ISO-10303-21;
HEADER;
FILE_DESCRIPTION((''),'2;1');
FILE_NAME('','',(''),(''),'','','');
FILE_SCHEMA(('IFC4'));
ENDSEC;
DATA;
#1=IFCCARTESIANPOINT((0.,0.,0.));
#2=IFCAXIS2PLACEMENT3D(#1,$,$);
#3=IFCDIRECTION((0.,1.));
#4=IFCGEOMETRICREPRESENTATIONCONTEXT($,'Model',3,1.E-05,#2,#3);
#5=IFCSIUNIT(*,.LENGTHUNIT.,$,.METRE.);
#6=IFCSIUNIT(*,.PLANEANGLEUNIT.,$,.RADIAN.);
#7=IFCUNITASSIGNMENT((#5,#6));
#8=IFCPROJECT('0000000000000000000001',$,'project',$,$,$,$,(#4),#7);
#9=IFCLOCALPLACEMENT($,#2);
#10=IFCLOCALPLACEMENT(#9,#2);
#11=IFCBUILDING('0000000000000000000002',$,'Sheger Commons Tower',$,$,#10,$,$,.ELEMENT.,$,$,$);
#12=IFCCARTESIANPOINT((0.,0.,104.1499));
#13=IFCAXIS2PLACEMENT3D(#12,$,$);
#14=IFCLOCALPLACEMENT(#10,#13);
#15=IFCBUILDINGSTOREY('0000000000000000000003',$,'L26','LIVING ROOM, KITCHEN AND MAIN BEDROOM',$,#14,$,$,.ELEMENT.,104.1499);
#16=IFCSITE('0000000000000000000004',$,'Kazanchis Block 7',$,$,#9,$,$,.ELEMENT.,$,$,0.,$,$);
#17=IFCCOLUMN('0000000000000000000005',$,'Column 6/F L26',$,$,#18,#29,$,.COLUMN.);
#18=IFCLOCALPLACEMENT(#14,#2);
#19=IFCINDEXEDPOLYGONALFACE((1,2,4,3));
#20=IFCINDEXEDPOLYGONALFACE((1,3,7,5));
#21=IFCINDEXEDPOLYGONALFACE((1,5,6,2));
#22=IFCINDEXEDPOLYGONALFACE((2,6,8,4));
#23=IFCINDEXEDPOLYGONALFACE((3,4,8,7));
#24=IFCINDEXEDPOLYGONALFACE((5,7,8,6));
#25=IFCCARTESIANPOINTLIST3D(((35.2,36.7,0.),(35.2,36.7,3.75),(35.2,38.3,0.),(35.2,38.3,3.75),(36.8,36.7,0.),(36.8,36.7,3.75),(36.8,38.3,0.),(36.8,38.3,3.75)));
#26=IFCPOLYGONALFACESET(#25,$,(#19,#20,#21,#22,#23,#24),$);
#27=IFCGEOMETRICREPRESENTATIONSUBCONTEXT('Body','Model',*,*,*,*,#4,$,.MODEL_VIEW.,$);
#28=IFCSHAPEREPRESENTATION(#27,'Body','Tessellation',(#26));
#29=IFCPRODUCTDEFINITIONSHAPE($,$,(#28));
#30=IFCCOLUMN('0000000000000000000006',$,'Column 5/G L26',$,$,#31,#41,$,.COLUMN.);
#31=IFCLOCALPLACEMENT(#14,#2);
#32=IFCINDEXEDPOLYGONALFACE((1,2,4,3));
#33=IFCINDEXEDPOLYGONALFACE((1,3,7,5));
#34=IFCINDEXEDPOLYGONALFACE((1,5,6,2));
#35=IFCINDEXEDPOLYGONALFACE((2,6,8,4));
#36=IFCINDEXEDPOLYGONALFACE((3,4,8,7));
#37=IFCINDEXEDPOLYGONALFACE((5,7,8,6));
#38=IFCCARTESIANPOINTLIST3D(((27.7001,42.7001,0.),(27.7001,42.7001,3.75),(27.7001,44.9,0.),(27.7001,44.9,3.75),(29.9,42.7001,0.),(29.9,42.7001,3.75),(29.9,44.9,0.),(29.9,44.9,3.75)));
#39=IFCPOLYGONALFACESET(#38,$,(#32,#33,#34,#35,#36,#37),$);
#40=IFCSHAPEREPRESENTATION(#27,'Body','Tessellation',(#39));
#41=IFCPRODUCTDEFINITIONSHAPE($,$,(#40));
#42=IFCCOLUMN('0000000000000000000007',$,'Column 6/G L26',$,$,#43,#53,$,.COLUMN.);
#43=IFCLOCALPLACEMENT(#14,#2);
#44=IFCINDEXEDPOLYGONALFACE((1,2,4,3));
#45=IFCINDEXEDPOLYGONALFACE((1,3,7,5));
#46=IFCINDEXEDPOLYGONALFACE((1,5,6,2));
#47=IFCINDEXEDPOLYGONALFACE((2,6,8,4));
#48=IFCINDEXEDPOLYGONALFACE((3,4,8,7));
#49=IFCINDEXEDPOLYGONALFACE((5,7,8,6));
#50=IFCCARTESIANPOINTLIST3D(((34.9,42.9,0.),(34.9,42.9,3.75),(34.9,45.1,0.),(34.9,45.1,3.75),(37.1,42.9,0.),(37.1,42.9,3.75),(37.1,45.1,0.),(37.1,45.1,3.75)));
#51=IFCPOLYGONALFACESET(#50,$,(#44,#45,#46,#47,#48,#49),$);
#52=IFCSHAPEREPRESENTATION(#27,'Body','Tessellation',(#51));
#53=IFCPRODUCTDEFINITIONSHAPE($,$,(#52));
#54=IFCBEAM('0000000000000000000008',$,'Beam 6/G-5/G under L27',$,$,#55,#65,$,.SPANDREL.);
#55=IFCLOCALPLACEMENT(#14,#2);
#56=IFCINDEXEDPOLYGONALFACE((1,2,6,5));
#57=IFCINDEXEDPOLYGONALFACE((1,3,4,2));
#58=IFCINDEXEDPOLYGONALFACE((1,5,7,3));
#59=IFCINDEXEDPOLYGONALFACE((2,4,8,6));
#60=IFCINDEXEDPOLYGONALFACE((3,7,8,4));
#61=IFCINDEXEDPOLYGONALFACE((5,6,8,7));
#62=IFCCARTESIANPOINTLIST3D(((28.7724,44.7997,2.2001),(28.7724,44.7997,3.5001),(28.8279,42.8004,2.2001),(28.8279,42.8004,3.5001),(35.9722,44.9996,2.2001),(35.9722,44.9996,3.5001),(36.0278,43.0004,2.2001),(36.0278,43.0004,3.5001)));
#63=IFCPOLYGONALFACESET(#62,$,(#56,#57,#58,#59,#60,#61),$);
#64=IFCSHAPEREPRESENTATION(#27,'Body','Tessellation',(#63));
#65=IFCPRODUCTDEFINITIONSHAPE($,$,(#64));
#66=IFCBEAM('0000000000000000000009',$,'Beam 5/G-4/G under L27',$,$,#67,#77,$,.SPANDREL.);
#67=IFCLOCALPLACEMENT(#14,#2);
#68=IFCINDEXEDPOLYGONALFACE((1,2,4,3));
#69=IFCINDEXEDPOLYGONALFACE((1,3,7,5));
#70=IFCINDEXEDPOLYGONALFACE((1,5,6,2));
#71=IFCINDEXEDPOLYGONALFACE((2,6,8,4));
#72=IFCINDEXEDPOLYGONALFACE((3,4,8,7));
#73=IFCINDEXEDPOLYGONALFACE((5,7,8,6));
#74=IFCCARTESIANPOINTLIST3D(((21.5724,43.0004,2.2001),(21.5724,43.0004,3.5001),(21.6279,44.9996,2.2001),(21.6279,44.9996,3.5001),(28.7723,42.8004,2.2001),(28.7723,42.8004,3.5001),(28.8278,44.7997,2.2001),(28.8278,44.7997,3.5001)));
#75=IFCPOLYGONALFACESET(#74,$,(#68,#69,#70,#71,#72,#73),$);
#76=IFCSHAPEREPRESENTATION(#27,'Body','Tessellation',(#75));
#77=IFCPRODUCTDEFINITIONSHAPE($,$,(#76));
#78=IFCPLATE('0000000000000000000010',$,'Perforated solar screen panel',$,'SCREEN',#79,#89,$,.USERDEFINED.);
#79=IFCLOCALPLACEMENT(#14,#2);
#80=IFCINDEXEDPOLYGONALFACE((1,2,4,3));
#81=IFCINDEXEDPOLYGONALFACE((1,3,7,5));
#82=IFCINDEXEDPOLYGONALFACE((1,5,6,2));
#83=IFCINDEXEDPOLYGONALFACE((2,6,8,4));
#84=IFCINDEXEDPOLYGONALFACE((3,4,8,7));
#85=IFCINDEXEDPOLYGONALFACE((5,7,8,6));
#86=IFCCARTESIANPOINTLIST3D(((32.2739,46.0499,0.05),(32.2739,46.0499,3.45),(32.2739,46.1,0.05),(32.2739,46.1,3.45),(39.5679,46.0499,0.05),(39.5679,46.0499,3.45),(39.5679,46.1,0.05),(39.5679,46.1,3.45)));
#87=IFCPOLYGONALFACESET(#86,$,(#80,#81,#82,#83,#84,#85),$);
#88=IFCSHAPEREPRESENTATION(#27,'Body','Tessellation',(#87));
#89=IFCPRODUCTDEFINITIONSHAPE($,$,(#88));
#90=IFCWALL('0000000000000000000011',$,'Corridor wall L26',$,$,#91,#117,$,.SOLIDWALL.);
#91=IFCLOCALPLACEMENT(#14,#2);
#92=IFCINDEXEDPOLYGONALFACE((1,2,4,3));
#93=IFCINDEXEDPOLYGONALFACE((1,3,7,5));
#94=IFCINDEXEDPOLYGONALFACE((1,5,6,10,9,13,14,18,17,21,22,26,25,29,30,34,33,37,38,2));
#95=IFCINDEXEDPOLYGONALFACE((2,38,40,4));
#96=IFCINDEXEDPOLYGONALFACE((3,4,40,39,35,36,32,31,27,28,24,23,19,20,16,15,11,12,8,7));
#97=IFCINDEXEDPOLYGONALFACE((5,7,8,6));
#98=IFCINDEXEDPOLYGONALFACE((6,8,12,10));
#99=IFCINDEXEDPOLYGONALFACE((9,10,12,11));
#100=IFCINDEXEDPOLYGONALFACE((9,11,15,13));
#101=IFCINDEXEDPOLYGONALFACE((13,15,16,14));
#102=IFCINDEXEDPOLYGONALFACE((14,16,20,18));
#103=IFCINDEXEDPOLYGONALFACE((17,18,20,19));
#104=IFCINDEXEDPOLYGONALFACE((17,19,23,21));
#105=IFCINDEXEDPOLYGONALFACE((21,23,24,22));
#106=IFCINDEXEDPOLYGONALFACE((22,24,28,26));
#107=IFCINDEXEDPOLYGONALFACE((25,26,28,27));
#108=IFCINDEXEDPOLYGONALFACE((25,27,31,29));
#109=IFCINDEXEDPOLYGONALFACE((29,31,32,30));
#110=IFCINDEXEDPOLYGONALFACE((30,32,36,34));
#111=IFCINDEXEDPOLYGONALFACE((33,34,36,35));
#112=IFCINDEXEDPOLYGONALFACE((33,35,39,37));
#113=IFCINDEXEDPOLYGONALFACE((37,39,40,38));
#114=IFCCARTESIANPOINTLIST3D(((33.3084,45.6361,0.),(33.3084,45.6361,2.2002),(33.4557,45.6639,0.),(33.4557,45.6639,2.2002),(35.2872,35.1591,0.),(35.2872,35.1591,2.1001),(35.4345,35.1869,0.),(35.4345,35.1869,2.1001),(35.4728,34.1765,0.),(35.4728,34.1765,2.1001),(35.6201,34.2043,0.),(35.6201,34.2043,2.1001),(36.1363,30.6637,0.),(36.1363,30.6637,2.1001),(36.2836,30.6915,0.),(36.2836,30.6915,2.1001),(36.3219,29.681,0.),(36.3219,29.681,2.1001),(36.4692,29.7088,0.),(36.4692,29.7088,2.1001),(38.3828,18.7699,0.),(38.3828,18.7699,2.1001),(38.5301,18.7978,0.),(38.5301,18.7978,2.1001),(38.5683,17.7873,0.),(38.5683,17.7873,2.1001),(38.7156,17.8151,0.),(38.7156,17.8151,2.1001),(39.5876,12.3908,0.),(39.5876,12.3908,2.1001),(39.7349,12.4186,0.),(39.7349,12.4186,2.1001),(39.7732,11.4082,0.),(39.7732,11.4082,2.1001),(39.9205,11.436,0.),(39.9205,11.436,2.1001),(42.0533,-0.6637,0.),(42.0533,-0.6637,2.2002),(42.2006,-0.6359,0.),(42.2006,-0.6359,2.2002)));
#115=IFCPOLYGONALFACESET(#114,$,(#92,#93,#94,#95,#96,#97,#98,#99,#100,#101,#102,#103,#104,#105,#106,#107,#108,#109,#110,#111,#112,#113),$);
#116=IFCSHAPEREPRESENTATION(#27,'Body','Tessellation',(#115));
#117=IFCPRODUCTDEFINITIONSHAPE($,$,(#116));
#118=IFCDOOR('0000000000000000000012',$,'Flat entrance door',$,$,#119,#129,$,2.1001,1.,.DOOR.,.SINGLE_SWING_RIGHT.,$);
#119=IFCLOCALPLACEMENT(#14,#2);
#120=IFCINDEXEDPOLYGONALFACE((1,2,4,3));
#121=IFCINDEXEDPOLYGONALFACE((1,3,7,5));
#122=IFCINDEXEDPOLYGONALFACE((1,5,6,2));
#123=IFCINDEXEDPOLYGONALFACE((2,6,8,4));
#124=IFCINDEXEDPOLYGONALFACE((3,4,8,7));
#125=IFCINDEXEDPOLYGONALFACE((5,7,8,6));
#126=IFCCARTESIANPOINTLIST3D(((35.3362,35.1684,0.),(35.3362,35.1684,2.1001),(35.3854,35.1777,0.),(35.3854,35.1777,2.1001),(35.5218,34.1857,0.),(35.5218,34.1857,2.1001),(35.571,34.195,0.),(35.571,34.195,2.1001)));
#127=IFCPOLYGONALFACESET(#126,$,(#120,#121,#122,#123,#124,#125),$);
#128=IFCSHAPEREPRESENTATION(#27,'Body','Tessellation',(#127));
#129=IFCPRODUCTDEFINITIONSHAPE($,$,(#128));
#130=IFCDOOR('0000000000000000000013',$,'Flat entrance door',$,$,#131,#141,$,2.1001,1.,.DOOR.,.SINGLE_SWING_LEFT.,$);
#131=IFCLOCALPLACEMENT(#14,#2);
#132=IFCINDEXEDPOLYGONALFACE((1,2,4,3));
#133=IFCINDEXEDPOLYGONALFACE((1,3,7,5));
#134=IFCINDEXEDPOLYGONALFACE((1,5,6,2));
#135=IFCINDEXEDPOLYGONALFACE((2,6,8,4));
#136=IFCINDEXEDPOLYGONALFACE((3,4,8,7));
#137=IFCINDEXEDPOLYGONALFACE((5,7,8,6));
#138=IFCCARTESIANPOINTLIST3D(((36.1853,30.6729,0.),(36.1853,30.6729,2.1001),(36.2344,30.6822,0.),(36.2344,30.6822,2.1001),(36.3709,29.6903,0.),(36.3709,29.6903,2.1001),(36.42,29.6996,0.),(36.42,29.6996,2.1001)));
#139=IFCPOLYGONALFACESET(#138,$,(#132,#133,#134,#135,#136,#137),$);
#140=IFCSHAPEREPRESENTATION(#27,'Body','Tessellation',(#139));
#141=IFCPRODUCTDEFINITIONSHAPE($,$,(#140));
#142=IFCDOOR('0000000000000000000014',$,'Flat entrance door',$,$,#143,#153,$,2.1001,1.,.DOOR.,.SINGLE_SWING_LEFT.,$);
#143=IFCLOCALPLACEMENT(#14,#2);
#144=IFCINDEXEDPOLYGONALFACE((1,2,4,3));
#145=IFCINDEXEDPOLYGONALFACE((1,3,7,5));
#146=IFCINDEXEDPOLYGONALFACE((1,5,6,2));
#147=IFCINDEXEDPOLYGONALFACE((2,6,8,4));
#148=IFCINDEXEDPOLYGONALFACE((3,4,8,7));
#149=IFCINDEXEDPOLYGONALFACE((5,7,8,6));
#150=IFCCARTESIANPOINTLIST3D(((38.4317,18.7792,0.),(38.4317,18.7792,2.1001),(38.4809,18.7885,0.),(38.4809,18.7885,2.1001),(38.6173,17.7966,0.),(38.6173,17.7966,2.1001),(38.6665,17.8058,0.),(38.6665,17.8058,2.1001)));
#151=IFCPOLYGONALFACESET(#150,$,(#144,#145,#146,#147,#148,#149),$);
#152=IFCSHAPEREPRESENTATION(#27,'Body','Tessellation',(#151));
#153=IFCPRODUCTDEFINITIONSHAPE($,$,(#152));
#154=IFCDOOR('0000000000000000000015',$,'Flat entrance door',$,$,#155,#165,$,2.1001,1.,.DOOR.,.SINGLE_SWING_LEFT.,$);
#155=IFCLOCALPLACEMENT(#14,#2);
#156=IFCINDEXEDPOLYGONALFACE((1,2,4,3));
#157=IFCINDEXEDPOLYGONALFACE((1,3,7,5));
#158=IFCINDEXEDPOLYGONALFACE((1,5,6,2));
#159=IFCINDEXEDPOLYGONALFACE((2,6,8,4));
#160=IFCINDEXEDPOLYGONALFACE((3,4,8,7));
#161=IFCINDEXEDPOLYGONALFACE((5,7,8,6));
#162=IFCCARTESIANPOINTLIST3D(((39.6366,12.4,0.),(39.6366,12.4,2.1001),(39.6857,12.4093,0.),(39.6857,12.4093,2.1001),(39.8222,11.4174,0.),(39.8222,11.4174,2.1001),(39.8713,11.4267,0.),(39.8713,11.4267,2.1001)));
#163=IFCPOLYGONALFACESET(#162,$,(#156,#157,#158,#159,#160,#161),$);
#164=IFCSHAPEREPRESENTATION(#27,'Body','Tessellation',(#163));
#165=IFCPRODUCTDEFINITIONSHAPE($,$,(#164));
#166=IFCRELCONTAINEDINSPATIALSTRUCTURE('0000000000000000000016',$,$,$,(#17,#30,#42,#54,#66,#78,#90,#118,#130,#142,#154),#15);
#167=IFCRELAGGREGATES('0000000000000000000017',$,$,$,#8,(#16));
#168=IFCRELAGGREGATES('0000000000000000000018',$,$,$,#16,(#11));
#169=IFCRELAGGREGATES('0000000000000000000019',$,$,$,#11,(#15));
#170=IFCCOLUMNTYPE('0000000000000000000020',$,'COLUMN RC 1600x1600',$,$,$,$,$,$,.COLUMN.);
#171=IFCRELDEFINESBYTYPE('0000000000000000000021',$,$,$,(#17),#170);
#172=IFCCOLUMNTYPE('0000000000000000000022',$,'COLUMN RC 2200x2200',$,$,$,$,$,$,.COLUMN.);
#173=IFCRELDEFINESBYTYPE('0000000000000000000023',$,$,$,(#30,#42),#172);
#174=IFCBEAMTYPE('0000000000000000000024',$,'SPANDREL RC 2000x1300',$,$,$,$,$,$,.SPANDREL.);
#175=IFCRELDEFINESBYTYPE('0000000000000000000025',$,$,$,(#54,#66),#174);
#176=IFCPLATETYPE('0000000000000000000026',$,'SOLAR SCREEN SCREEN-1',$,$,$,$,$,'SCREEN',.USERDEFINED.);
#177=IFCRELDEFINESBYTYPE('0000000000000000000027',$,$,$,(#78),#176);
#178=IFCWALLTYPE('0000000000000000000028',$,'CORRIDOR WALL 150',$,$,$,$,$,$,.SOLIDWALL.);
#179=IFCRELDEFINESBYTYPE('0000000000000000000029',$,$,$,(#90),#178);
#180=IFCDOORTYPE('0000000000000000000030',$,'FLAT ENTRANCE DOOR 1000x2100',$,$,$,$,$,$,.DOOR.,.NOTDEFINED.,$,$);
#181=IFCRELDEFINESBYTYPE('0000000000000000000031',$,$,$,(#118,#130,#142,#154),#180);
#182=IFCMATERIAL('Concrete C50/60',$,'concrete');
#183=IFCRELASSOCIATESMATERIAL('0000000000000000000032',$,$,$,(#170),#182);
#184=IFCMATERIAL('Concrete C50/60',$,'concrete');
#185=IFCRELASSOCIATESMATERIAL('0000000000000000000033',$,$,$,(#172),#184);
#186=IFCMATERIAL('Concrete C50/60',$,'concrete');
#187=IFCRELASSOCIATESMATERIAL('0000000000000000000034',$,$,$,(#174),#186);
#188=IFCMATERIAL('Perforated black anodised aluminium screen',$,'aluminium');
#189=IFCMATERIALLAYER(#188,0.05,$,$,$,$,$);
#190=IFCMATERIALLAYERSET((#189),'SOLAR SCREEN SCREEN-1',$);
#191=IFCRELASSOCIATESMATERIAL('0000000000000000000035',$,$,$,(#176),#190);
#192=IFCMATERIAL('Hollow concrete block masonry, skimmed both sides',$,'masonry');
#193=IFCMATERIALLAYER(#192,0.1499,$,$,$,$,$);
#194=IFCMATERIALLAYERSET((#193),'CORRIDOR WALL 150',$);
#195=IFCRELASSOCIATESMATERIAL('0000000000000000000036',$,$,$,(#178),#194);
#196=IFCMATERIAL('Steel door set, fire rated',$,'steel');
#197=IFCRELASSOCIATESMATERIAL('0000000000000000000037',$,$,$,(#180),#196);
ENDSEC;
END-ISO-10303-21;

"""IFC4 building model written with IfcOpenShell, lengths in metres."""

from ifc_helpers import new_model, si_unit, direction, frame, frame_2d, origin, origin_2d, place, context, subcontext, project, spatial, rectangle, extrude, material, layer, layer_set, material_profile, profile_set, type_object, element, fill, save


model = new_model("IFC4")

# Units and contexts
model_context = context("Model", 3, precision=1e-05, world=origin(), true_north=direction((0.0, 1.0)))
body_context = subcontext(model_context, "Body", "Model", "MODEL_VIEW")
ifc_project = project(units=[si_unit("LENGTHUNIT", "METRE"), si_unit("PLANEANGLEUNIT", "RADIAN")], contexts=[model_context])

# Site, building, storey
site_placement = place(None, origin())
site = spatial("IfcSite", under=ifc_project, at=site_placement, Name="Kazanchis Block 7", CompositionType="ELEMENT", RefElevation=0.0)
building_placement = place(site_placement, origin())
building = spatial("IfcBuilding", under=site, at=building_placement, Name="Sheger Commons Tower", CompositionType="ELEMENT")
storey_placement = place(building_placement, frame((0.0, 0.0, 104.1499)))
storey = spatial("IfcBuildingStorey", under=building, at=storey_placement, Name="L26", Description="LIVING ROOM, KITCHEN AND MAIN BEDROOM", CompositionType="ELEMENT", Elevation=104.1499)

# Columns
ifc_material_1 = material(Name="Concrete C50/60", Category="concrete")
ifc_material_profile_1 = material_profile(ifc_material_1, rectangle(XDim=1.6001, YDim=1.6001, at=origin_2d()), Name="RC 1600x1600")
ifc_profile_set_1 = profile_set([ifc_material_profile_1], Name="Concrete C50/60")
column_type_1 = type_object("IfcColumnType", Name="COLUMN RC 1600x1600", PredefinedType="COLUMN", material=ifc_profile_set_1)
column_placement = place(storey_placement, frame((36.0, 37.5, 0.0), z_axis=(0.0, 0.0, 1.0), x_axis=(1.0, 0.0, 0.0)))
element("IfcColumn", 1, at=column_placement, inside=storey, type_object=column_type_1, Name="Column 6/F L26", PredefinedType="COLUMN", context=body_context, shape_type="SweptSolid", body=[
    extrude(rectangle(XDim=1.6001, YDim=1.6001, at=origin_2d()), origin(), (0.0, 0.0, 1.0), 3.75),
])
ifc_material_2 = material(Name="Concrete C50/60", Category="concrete")
ifc_material_profile_2 = material_profile(ifc_material_2, rectangle(XDim=2.2, YDim=2.2, at=origin_2d()), Name="RC 2200x2200")
ifc_profile_set_2 = profile_set([ifc_material_profile_2], Name="Concrete C50/60")
column_type_2 = type_object("IfcColumnType", Name="COLUMN RC 2200x2200", PredefinedType="COLUMN", material=ifc_profile_set_2)
for number, where, z_axis, x_axis, name in (
    (2, (28.8, 43.8, 0.0), (0.0, 0.0, 1.0), (1.0, 0.0, 0.0), "Column 5/G L26"),
    (3, (36.0, 44.0, 0.0), (0.0, 0.0, 1.0), (1.0, 0.0, 0.0), "Column 6/G L26"),
):
    element("IfcColumn", number, at=place(storey_placement, frame(where, z_axis=z_axis, x_axis=x_axis)), inside=storey, type_object=column_type_2, Name=name, PredefinedType="COLUMN", context=body_context, shape_type="SweptSolid", body=[
        extrude(rectangle(XDim=2.2, YDim=2.2, at=origin_2d()), origin(), (0.0, 0.0, 1.0), 3.75),
    ])

# Beams
ifc_material_3 = material(Name="Concrete C50/60", Category="concrete")
ifc_material_profile_3 = material_profile(ifc_material_3, rectangle(XDim=2.0, YDim=1.3, at=origin_2d()), Name="RC 2000x1300")
ifc_profile_set_3 = profile_set([ifc_material_profile_3], Name="Concrete C50/60")
beam_type = type_object("IfcBeamType", Name="SPANDREL RC 2000x1300", PredefinedType="SPANDREL", material=ifc_profile_set_3)
for number, where, z_axis, x_axis, name in (
    (4, (36.0, 44.0, 2.8501), (-0.999615, -0.02776, 0.0), (0.02776, -0.999615, 0.0), "Beam 6/G-5/G under L27"),
    (5, (28.8, 43.8, 2.8501), (-0.999615, 0.02776, 0.0), (-0.02776, -0.999615, 0.0), "Beam 5/G-4/G under L27"),
):
    element("IfcBeam", number, at=place(storey_placement, frame(where, z_axis=z_axis, x_axis=x_axis)), inside=storey, type_object=beam_type, Name=name, PredefinedType="SPANDREL", context=body_context, shape_type="SweptSolid", body=[
        extrude(rectangle(XDim=2.0, YDim=1.3, at=origin_2d()), origin(), (0.0, 0.0, 1.0), 7.2026),
    ])

# Plate
ifc_material_4 = material(Name="Perforated black anodised aluminium screen", Category="aluminium")
ifc_layer_1 = layer(ifc_material_4, 0.05)
ifc_layer_set_1 = layer_set([ifc_layer_1], Name="SOLAR SCREEN SCREEN-1")
plate_type = type_object("IfcPlateType", Name="SOLAR SCREEN SCREEN-1", ElementType="SCREEN", PredefinedType="USERDEFINED", material=ifc_layer_set_1)
plate_placement = place(storey_placement, frame((35.9209, 46.075, 0.05), z_axis=(0.0, 0.0, 1.0), x_axis=(-1.0, 0.0, 0.0)))
element("IfcPlate", 6, at=plate_placement, inside=storey, type_object=plate_type, Name="Perforated solar screen panel", ObjectType="SCREEN", PredefinedType="USERDEFINED", context=body_context, shape_type="SweptSolid", body=[
    extrude(rectangle(XDim=7.2939, YDim=0.05, at=origin_2d()), origin(), (0.0, 0.0, 1.0), 3.3999),
])

# Wall, openings, doors
ifc_material_5 = material(Name="Hollow concrete block masonry, skimmed both sides", Category="masonry")
ifc_layer_2 = layer(ifc_material_5, 0.1499)
ifc_layer_set_2 = layer_set([ifc_layer_2], Name="CORRIDOR WALL 150")
wall_type_1 = type_object("IfcWallType", Name="CORRIDOR WALL 150", PredefinedType="SOLIDWALL", material=ifc_layer_set_2)
wall_1_placement = place(storey_placement, frame((33.3821, 45.6499, 0.0), z_axis=(0.0, 0.0, 1.0), x_axis=(0.185594, -0.982627, 0.0)))
wall_1 = element("IfcWall", 7, at=wall_1_placement, inside=storey, type_object=wall_type_1, Name="Corridor wall L26", PredefinedType="SOLIDWALL", context=body_context, shape_type="SweptSolid", body=[
    extrude(rectangle(XDim=47.1184, YDim=0.1499, at=frame_2d((23.5591, 0.0))), origin(), (0.0, 0.0, 1.0), 2.2002),
])
opening_1_placement = place(wall_1_placement, frame((10.6621, 0.0, 0.0)))
opening_1 = element("IfcOpeningElement", 8, at=opening_1_placement, cuts=wall_1, PredefinedType="OPENING", context=body_context, shape_type="SweptSolid", body=[
    extrude(rectangle(XDim=1.0, YDim=2.1001, at=frame_2d((0.5, 1.05))), frame((0.0, 0.085, 0.0), z_axis=(0.0, -1.0, 0.0), x_axis=(1.0, 0.0, 0.0)), (0.0, 0.0, 1.0), 0.1699),
])
opening_2_placement = place(wall_1_placement, frame((15.2371, 0.0, 0.0)))
opening_2 = element("IfcOpeningElement", 9, at=opening_2_placement, cuts=wall_1, PredefinedType="OPENING", context=body_context, shape_type="SweptSolid", body=[
    extrude(rectangle(XDim=1.0, YDim=2.1001, at=frame_2d((0.5, 1.05))), frame((0.0, 0.085, 0.0), z_axis=(0.0, -1.0, 0.0), x_axis=(1.0, 0.0, 0.0)), (0.0, 0.0, 1.0), 0.1699),
])
opening_3_placement = place(wall_1_placement, frame((27.3411, 0.0, 0.0)))
opening_3 = element("IfcOpeningElement", 10, at=opening_3_placement, cuts=wall_1, PredefinedType="OPENING", context=body_context, shape_type="SweptSolid", body=[
    extrude(rectangle(XDim=1.0, YDim=2.1001, at=frame_2d((0.5, 1.05))), frame((0.0, 0.085, 0.0), z_axis=(0.0, -1.0, 0.0), x_axis=(1.0, 0.0, 0.0)), (0.0, 0.0, 1.0), 0.1699),
])
opening_4_placement = place(wall_1_placement, frame((33.833, 0.0, 0.0)))
opening_4 = element("IfcOpeningElement", 11, at=opening_4_placement, cuts=wall_1, PredefinedType="OPENING", context=body_context, shape_type="SweptSolid", body=[
    extrude(rectangle(XDim=1.0, YDim=2.1001, at=frame_2d((0.5, 1.05))), frame((0.0, 0.085, 0.0), z_axis=(0.0, -1.0, 0.0), x_axis=(1.0, 0.0, 0.0)), (0.0, 0.0, 1.0), 0.1699),
])
ifc_material_6 = material(Name="Steel door set, fire rated", Category="steel")
door_type = type_object("IfcDoorType", Name="FLAT ENTRANCE DOOR 1000x2100", OperationType="NOTDEFINED", PredefinedType="DOOR", material=ifc_material_6)
door_1_placement = place(opening_1_placement, origin())
door_1 = element("IfcDoor", 12, at=door_1_placement, inside=storey, type_object=door_type, Name="Flat entrance door", OperationType="SINGLE_SWING_RIGHT", OverallHeight=2.1001, OverallWidth=1.0, PredefinedType="DOOR", context=body_context, shape_type="SweptSolid", body=[
    extrude(rectangle(XDim=1.0, YDim=2.1001, at=frame_2d((0.5, 1.05))), frame((0.0, 0.0249, 0.0), z_axis=(0.0, -1.0, 0.0), x_axis=(1.0, 0.0, 0.0)), (0.0, 0.0, 1.0), 0.05),
])
fill(opening_1, door_1)
door_2_placement = place(opening_2_placement, origin())
door_2 = element("IfcDoor", 13, at=door_2_placement, inside=storey, type_object=door_type, Name="Flat entrance door", OperationType="SINGLE_SWING_LEFT", OverallHeight=2.1001, OverallWidth=1.0, PredefinedType="DOOR", context=body_context, shape_type="SweptSolid", body=[
    extrude(rectangle(XDim=1.0, YDim=2.1001, at=frame_2d((0.5, 1.05))), frame((0.0, 0.0249, 0.0), z_axis=(0.0, -1.0, 0.0), x_axis=(1.0, 0.0, 0.0)), (0.0, 0.0, 1.0), 0.05),
])
fill(opening_2, door_2)
door_3_placement = place(opening_3_placement, origin())
door_3 = element("IfcDoor", 14, at=door_3_placement, inside=storey, type_object=door_type, Name="Flat entrance door", OperationType="SINGLE_SWING_LEFT", OverallHeight=2.1001, OverallWidth=1.0, PredefinedType="DOOR", context=body_context, shape_type="SweptSolid", body=[
    extrude(rectangle(XDim=1.0, YDim=2.1001, at=frame_2d((0.5, 1.05))), frame((0.0, 0.0249, 0.0), z_axis=(0.0, -1.0, 0.0), x_axis=(1.0, 0.0, 0.0)), (0.0, 0.0, 1.0), 0.05),
])
fill(opening_3, door_3)
door_4_placement = place(opening_4_placement, origin())
door_4 = element("IfcDoor", 15, at=door_4_placement, inside=storey, type_object=door_type, Name="Flat entrance door", OperationType="SINGLE_SWING_LEFT", OverallHeight=2.1001, OverallWidth=1.0, PredefinedType="DOOR", context=body_context, shape_type="SweptSolid", body=[
    extrude(rectangle(XDim=1.0, YDim=2.1001, at=frame_2d((0.5, 1.05))), frame((0.0, 0.0249, 0.0), z_axis=(0.0, -1.0, 0.0), x_axis=(1.0, 0.0, 0.0)), (0.0, 0.0, 1.0), 0.05),
])
fill(opening_4, door_4)

save(model, "model.ifc")
